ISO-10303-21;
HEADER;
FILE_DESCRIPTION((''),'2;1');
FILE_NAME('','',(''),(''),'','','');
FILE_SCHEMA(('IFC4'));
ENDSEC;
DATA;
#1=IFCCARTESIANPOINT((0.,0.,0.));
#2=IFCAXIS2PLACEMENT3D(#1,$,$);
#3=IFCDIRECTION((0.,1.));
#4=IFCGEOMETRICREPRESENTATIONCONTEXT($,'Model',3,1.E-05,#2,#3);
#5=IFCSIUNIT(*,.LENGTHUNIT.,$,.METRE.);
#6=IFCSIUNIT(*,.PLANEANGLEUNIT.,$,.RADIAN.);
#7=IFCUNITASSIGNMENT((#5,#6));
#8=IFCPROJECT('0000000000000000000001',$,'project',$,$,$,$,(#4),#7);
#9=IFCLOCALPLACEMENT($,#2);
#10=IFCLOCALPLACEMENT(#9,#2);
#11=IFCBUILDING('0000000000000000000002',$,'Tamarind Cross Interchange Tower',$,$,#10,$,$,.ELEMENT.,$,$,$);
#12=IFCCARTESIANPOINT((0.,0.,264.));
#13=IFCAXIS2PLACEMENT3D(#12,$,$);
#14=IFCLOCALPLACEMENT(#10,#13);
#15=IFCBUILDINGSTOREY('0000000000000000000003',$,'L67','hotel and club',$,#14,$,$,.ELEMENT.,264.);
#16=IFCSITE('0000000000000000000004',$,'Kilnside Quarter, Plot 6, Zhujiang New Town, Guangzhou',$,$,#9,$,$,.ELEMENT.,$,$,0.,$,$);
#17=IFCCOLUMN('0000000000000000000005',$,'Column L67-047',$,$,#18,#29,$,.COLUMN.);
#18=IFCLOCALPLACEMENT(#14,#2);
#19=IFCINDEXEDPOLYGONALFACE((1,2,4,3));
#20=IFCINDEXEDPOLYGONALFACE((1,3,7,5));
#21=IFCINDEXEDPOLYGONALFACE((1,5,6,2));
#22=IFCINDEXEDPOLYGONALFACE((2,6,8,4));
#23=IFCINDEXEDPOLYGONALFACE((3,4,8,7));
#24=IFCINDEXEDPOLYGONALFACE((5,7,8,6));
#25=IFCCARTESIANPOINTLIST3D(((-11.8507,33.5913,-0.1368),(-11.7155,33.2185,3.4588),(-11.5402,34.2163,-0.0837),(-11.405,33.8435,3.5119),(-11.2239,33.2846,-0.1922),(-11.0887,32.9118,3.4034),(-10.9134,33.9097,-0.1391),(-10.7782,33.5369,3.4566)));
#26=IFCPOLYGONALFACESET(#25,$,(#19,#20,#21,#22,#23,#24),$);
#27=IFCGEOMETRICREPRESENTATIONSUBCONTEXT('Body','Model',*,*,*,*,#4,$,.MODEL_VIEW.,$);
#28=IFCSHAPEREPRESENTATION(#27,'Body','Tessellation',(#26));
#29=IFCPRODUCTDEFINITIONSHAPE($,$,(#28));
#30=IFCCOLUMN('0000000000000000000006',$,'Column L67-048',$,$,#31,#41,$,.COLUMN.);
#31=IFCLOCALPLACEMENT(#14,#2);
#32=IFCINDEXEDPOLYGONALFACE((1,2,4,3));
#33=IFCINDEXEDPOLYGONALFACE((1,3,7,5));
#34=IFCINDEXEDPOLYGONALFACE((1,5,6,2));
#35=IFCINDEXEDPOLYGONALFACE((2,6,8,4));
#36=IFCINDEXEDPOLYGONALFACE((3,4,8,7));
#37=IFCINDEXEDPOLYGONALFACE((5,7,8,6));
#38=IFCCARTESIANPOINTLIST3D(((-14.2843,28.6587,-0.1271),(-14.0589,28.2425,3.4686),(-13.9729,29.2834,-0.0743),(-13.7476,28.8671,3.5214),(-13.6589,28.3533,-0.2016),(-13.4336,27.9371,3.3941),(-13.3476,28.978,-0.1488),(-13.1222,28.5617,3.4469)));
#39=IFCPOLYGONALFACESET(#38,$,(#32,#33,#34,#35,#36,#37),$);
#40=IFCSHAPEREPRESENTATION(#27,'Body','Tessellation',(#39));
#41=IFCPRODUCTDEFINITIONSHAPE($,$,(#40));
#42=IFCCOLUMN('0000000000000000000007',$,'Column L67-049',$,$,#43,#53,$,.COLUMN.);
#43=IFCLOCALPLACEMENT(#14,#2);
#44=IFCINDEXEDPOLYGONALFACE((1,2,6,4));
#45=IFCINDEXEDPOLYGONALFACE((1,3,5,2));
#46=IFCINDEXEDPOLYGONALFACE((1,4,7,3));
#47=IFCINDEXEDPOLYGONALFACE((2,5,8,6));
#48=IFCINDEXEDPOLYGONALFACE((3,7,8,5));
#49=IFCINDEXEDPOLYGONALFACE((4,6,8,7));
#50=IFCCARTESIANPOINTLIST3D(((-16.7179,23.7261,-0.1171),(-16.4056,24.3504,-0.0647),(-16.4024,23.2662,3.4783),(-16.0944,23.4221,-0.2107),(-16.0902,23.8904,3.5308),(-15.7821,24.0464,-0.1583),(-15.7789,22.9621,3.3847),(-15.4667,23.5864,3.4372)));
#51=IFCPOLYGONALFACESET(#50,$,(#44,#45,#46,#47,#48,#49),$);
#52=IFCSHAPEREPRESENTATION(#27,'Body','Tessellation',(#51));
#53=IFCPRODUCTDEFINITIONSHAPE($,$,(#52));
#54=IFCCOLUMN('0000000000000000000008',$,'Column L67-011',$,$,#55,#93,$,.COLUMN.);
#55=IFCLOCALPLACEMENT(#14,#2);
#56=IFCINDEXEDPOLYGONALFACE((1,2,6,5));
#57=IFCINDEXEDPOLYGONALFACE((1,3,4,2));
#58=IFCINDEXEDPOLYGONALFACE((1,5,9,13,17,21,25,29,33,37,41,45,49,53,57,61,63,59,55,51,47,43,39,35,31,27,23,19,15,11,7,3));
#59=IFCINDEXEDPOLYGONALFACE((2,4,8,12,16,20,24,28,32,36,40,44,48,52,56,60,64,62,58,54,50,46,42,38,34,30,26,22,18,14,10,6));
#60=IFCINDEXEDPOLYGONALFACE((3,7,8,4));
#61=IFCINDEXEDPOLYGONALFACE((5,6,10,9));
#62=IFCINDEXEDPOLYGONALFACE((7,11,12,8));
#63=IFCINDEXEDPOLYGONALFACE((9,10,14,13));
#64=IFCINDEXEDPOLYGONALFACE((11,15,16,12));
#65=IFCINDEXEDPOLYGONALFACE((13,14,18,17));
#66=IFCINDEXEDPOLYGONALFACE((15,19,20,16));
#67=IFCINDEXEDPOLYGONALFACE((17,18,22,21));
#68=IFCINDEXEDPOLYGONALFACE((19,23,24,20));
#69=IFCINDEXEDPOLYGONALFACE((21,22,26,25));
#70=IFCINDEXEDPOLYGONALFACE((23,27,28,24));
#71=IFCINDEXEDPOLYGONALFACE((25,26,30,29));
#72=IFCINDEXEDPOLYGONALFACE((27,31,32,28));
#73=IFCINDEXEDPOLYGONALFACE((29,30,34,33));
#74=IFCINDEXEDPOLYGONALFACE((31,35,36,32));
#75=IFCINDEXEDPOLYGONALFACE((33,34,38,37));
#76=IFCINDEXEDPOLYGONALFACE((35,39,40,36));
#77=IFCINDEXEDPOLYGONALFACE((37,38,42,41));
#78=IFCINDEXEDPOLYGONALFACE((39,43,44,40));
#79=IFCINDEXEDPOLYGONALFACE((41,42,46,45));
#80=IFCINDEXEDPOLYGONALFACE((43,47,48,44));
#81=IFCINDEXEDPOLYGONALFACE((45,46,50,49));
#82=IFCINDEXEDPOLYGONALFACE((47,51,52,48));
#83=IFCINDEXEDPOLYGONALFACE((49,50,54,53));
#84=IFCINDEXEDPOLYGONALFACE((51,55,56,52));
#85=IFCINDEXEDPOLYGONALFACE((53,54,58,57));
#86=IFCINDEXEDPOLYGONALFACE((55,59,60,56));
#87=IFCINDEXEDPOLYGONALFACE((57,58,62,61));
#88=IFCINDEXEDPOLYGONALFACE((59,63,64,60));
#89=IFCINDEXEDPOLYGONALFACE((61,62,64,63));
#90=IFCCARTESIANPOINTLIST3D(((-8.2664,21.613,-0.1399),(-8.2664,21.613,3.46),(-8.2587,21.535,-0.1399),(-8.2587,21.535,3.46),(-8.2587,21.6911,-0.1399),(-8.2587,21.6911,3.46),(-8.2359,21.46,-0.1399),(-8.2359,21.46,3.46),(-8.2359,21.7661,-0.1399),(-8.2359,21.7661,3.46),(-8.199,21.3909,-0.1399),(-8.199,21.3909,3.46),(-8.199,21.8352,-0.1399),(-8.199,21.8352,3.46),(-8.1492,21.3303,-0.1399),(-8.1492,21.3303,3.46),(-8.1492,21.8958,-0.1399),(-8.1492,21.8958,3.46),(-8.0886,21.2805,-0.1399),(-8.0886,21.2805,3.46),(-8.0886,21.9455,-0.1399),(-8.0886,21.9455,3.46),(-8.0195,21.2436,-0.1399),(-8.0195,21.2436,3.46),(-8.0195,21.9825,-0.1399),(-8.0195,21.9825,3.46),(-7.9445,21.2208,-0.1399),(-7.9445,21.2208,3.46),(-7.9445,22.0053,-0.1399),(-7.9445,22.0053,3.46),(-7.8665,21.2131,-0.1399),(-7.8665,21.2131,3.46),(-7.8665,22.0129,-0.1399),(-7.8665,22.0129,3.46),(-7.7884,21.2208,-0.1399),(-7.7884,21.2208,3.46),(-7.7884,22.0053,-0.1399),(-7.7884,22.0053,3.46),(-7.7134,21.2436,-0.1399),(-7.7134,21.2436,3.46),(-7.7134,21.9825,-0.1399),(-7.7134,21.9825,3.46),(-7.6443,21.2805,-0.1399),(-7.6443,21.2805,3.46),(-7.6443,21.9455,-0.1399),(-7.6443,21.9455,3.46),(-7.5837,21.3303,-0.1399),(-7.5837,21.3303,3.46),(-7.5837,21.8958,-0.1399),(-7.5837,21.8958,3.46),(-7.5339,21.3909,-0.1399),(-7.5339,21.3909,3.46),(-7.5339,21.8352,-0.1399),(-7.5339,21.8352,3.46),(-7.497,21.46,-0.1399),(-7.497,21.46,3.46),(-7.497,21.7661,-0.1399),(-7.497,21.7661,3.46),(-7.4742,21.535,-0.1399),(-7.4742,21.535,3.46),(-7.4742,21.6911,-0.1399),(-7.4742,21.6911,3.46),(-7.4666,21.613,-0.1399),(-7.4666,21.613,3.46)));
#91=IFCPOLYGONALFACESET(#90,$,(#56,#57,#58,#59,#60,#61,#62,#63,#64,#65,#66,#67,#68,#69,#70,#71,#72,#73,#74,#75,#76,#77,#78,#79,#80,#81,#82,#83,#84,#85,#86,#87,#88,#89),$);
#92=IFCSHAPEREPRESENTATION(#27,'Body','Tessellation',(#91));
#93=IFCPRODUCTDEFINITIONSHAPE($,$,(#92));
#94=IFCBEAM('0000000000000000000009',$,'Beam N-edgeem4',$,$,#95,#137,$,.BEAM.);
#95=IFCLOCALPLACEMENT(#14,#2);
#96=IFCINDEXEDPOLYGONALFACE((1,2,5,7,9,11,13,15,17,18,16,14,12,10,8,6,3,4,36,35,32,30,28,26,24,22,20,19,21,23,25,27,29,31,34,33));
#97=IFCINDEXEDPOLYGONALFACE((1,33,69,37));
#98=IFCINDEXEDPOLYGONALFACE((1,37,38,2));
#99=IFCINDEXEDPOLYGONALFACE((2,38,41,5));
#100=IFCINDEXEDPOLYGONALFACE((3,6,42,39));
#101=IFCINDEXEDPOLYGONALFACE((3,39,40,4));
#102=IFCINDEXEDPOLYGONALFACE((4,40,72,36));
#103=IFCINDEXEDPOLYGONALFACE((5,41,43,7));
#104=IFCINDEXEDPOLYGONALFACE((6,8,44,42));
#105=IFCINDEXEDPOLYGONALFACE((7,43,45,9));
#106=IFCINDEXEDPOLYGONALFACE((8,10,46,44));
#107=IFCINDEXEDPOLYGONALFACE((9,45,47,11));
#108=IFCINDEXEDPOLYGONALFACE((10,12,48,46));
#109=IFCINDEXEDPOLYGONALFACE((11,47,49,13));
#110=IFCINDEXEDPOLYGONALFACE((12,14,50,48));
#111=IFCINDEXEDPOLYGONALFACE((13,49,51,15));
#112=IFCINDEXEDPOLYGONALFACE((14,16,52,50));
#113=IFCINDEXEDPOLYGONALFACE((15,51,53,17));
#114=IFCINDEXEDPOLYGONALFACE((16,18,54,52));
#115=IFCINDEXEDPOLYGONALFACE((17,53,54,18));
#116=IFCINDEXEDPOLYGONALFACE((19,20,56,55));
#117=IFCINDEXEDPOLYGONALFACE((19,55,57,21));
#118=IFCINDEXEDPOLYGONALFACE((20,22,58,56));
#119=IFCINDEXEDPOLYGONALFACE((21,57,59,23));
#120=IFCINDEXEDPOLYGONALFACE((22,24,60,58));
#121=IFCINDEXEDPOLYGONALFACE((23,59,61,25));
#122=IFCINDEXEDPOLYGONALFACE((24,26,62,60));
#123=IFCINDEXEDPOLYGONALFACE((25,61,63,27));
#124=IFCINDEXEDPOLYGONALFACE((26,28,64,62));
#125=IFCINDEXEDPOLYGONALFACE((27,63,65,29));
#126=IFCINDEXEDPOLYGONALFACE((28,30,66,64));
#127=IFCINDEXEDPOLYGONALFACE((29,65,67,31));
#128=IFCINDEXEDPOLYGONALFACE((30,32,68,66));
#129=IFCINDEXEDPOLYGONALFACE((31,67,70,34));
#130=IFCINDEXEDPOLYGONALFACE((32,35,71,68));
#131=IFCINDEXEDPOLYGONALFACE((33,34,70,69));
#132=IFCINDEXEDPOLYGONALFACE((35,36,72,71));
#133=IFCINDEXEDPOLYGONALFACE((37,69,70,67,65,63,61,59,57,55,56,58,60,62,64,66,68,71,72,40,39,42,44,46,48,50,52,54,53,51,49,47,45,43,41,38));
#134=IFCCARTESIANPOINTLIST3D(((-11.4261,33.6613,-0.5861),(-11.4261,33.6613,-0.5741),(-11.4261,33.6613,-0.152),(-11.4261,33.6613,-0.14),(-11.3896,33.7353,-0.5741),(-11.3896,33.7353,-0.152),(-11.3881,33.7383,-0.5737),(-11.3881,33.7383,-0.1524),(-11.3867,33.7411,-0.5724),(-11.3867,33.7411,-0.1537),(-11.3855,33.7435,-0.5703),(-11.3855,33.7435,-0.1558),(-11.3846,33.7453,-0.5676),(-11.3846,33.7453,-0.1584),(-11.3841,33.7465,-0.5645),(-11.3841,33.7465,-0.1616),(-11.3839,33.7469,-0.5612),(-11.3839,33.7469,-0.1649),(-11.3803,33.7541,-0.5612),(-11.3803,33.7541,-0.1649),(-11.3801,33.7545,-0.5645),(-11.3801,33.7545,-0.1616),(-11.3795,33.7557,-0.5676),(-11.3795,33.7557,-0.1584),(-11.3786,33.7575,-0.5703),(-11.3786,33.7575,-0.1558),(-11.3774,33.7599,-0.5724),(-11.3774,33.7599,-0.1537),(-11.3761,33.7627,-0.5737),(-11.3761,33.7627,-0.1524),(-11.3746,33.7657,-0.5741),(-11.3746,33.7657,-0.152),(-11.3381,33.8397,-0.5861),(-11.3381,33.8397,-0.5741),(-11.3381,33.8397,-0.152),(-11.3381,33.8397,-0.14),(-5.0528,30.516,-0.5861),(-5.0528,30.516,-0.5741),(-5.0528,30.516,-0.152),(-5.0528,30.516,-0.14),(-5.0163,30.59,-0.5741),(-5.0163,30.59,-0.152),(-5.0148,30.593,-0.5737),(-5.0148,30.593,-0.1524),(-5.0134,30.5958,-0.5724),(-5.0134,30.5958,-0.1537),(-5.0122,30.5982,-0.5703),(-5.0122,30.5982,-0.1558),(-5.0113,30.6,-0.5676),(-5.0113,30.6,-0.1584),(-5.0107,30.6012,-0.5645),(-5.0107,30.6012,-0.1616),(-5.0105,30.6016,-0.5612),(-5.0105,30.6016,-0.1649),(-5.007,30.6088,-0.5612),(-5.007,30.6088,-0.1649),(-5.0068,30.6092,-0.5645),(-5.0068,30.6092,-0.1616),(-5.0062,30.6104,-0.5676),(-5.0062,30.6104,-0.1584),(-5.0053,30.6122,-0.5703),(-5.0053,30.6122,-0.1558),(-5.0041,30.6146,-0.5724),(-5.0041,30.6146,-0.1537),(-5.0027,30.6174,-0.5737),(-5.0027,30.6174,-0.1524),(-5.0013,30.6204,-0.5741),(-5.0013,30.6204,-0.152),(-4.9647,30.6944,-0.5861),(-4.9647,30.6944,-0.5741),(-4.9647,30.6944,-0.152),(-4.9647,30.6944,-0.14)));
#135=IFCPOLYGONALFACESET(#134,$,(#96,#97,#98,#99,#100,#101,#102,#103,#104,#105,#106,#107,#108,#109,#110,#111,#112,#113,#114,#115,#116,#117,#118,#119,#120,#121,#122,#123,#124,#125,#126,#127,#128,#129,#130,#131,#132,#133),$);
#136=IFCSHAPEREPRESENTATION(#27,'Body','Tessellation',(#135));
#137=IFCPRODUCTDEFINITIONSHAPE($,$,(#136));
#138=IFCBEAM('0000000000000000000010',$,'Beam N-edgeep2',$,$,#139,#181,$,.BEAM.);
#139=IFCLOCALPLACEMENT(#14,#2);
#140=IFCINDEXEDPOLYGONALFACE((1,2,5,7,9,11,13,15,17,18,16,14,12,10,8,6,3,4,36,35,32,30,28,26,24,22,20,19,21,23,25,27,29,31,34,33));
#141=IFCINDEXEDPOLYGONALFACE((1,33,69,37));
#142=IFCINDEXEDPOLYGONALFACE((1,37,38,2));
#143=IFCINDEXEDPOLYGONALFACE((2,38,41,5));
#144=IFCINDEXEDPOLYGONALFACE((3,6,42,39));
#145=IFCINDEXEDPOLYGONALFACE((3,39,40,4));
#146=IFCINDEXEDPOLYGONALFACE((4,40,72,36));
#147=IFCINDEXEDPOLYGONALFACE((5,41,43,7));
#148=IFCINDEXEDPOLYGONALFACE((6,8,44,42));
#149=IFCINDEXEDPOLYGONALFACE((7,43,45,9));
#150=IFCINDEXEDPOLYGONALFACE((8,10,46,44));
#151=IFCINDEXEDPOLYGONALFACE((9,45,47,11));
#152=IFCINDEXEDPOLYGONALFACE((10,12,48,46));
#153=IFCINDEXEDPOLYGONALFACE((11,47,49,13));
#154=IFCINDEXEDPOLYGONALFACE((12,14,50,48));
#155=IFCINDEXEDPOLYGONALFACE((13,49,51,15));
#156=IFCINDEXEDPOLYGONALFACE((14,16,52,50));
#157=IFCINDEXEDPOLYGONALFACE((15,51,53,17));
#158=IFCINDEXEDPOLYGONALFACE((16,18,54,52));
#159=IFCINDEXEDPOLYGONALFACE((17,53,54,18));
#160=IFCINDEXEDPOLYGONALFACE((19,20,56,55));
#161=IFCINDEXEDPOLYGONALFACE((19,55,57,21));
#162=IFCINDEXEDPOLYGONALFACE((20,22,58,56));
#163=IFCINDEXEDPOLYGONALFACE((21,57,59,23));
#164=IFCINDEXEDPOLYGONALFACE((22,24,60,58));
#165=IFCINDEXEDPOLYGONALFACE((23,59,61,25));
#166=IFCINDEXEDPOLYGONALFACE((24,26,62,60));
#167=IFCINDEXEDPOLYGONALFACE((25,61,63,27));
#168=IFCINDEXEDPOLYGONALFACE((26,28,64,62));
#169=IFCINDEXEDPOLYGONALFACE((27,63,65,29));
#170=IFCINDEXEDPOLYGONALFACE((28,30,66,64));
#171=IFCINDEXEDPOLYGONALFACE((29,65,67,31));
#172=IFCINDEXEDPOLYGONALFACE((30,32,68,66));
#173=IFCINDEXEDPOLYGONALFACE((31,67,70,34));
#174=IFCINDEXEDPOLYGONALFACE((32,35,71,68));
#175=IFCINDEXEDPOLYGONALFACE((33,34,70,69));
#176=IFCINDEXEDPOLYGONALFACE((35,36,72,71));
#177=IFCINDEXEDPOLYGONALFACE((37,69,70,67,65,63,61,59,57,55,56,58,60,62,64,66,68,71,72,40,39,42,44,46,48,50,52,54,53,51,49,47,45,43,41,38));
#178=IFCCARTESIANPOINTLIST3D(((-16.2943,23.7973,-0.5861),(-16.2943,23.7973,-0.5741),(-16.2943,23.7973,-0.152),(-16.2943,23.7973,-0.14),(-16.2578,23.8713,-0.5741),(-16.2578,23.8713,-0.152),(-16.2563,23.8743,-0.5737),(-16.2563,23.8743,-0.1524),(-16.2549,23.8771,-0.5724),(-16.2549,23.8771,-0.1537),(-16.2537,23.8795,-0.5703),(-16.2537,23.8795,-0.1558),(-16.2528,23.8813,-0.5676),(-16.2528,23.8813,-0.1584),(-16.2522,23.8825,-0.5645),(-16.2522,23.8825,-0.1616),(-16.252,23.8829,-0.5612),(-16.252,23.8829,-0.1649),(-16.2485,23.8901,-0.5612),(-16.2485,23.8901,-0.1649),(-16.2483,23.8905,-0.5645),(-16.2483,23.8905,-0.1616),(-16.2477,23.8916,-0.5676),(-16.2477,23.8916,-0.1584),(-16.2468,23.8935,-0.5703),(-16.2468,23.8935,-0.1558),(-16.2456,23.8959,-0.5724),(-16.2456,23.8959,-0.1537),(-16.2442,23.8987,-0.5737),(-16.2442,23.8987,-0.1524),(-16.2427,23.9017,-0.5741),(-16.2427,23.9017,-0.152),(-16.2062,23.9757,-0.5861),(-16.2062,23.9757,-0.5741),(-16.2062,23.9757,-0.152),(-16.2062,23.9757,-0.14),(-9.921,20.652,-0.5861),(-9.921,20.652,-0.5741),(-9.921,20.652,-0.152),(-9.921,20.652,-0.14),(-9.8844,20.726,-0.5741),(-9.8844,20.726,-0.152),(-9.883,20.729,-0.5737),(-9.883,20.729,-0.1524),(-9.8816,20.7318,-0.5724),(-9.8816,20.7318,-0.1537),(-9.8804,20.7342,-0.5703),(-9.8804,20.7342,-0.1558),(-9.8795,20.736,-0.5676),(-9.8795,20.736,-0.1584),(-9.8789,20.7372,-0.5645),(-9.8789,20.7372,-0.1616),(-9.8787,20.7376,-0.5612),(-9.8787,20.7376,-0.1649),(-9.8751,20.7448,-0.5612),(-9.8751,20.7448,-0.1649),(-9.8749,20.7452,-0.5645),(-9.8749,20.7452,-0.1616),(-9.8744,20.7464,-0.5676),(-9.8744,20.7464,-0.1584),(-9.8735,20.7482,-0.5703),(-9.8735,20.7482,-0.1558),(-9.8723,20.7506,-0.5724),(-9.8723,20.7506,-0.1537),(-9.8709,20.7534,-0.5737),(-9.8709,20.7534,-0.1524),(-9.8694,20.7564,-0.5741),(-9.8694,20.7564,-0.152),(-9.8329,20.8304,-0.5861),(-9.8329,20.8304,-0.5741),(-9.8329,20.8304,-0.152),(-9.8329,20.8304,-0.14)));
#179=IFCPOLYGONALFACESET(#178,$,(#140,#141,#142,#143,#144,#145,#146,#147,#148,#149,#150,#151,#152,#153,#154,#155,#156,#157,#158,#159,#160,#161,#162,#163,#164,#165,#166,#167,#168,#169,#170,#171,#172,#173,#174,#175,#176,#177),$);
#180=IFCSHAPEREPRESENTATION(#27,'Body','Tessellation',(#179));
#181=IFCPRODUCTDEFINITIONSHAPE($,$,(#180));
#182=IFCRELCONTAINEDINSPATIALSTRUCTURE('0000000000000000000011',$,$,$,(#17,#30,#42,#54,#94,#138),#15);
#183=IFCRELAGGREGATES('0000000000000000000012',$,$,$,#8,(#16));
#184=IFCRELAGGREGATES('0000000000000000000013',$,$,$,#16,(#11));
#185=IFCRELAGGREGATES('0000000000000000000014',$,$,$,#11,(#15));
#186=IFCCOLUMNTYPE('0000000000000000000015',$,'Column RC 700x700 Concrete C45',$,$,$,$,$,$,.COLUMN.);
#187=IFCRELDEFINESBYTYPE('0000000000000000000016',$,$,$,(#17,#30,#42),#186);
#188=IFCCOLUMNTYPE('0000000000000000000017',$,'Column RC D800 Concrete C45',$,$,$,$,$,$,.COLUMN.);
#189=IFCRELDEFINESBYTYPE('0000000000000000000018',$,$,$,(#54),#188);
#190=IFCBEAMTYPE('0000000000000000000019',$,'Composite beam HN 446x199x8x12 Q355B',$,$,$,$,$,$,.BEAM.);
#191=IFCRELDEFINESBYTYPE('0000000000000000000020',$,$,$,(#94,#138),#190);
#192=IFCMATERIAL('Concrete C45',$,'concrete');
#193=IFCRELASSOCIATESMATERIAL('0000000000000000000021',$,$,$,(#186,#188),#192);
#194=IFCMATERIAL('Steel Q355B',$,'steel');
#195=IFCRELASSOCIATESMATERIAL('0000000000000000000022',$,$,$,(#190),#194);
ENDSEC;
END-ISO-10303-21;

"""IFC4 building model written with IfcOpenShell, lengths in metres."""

from ifc_helpers import new_model, si_unit, direction, frame, origin, origin_2d, place, context, subcontext, project, spatial, rectangle, circle, i_section, extrude, material, material_profile, profile_set, type_object, element, save


model = new_model("IFC4")

# Units and contexts
model_context = context("Model", 3, precision=1e-05, world=origin(), true_north=direction((0.0, 1.0)))
body_context = subcontext(model_context, "Body", "Model", "MODEL_VIEW")
ifc_project = project(units=[si_unit("LENGTHUNIT", "METRE"), si_unit("PLANEANGLEUNIT", "RADIAN")], contexts=[model_context])

# Site, building, storey
site_placement = place(None, origin())
site = spatial("IfcSite", under=ifc_project, at=site_placement, Name="Kilnside Quarter, Plot 6, Zhujiang New Town, Guangzhou", CompositionType="ELEMENT", RefElevation=0.0)
building_placement = place(site_placement, origin())
building = spatial("IfcBuilding", under=site, at=building_placement, Name="Tamarind Cross Interchange Tower", CompositionType="ELEMENT")
storey_placement = place(building_placement, frame((0.0, 0.0, 264.0)))
storey = spatial("IfcBuildingStorey", under=building, at=storey_placement, Name="L67", Description="hotel and club", CompositionType="ELEMENT", Elevation=264.0)

# Columns
ifc_material_1 = material(Name="Concrete C45", Category="concrete")
ifc_material_profile_1 = material_profile(ifc_material_1, rectangle(XDim=0.7, YDim=0.7, at=origin_2d()), Name="RC 700x700")
ifc_profile_set_1 = profile_set([ifc_material_profile_1], Name="Concrete C45")
column_type_1 = type_object("IfcColumnType", Name="Column RC 700x700 Concrete C45", PredefinedType="COLUMN", material=ifc_profile_set_1)
column_1_placement = place(storey_placement, frame((-11.3821, 33.7505, -0.1379), z_axis=(0.037389, -0.103055, 0.993973), x_axis=(0.443598, 0.893006, 0.075901)))
element("IfcColumn", 1, at=column_1_placement, inside=storey, type_object=column_type_1, Name="Column L67-047", PredefinedType="COLUMN", context=body_context, shape_type="SweptSolid", body=[
    extrude(rectangle(XDim=0.7, YDim=0.7, at=origin_2d()), origin(), (0.0, 0.0, 1.0), 3.6174),
])
column_2_placement = place(storey_placement, frame((-13.8159, 28.8184, -0.1379), z_axis=(0.062134, -0.114776, 0.991446), x_axis=(0.444803, 0.892445, 0.075439)))
element("IfcColumn", 2, at=column_2_placement, inside=storey, type_object=column_type_1, Name="Column L67-048", PredefinedType="COLUMN", context=body_context, shape_type="SweptSolid", body=[
    extrude(rectangle(XDim=0.7, YDim=0.7, at=origin_2d()), origin(), (0.0, 0.0, 1.0), 3.6267),
])
column_3_placement = place(storey_placement, frame((-16.25, 23.8862, -0.1377), z_axis=(0.086693, -0.126416, 0.988182), x_axis=(0.446093, 0.891842, 0.074956)))
element("IfcColumn", 3, at=column_3_placement, inside=storey, type_object=column_type_1, Name="Column L67-049", PredefinedType="COLUMN", context=body_context, shape_type="SweptSolid", body=[
    extrude(rectangle(XDim=0.7, YDim=0.7, at=origin_2d()), origin(), (0.0, 0.0, 1.0), 3.6384),
])
ifc_material_profile_2 = material_profile(ifc_material_1, circle(Radius=0.3999, at=origin_2d()), Name="RC D800")
ifc_profile_set_2 = profile_set([ifc_material_profile_2], Name="Concrete C45")
column_type_2 = type_object("IfcColumnType", Name="Column RC D800 Concrete C45", PredefinedType="COLUMN", material=ifc_profile_set_2)
column_4_placement = place(storey_placement, frame((-7.8665, 21.613, -0.1399), z_axis=(0.0, 0.0, 1.0), x_axis=(1.0, 0.0, 0.0)))
element("IfcColumn", 4, at=column_4_placement, inside=storey, type_object=column_type_2, Name="Column L67-011", PredefinedType="COLUMN", context=body_context, shape_type="SweptSolid", body=[
    extrude(circle(Radius=0.3999, at=origin_2d()), origin(), (0.0, 0.0, 1.0), 3.5999),
])

# Beams
ifc_material_2 = material(Name="Steel Q355B", Category="steel")
ifc_material_profile_3 = material_profile(ifc_material_2, i_section(OverallWidth=0.199, OverallDepth=0.446, WebThickness=0.0081, FlangeThickness=0.012, FilletRadius=0.0129, at=origin_2d()), Name="HN 446x199x8x12")
ifc_profile_set_3 = profile_set([ifc_material_profile_3], Name="Steel Q355B")
beam_type_1 = type_object("IfcBeamType", Name="Composite beam HN 446x199x8x12 Q355B", PredefinedType="BEAM", material=ifc_profile_set_3)
for number, where, z_axis, x_axis, name in (
    (5, (-11.3821, 33.7505, -0.363), (0.896744, -0.442549, 0.0), (0.442549, 0.896744, 0.0), "Beam N-edgeem4"),
    (6, (-16.2502, 23.8865, -0.363), (0.896744, -0.442549, 0.0), (0.442549, 0.896744, 0.0), "Beam N-edgeep2"),
):
    element("IfcBeam", number, at=place(storey_placement, frame(where, z_axis=z_axis, x_axis=x_axis)), inside=storey, type_object=beam_type_1, Name=name, PredefinedType="BEAM", context=body_context, shape_type="SweptSolid", body=[
        extrude(i_section(OverallWidth=0.199, OverallDepth=0.446, WebThickness=0.0081, FlangeThickness=0.012, FilletRadius=0.0129, at=origin_2d()), origin(), (0.0, 0.0, 1.0), 7.1072),
    ])

save(model, "model.ifc")
